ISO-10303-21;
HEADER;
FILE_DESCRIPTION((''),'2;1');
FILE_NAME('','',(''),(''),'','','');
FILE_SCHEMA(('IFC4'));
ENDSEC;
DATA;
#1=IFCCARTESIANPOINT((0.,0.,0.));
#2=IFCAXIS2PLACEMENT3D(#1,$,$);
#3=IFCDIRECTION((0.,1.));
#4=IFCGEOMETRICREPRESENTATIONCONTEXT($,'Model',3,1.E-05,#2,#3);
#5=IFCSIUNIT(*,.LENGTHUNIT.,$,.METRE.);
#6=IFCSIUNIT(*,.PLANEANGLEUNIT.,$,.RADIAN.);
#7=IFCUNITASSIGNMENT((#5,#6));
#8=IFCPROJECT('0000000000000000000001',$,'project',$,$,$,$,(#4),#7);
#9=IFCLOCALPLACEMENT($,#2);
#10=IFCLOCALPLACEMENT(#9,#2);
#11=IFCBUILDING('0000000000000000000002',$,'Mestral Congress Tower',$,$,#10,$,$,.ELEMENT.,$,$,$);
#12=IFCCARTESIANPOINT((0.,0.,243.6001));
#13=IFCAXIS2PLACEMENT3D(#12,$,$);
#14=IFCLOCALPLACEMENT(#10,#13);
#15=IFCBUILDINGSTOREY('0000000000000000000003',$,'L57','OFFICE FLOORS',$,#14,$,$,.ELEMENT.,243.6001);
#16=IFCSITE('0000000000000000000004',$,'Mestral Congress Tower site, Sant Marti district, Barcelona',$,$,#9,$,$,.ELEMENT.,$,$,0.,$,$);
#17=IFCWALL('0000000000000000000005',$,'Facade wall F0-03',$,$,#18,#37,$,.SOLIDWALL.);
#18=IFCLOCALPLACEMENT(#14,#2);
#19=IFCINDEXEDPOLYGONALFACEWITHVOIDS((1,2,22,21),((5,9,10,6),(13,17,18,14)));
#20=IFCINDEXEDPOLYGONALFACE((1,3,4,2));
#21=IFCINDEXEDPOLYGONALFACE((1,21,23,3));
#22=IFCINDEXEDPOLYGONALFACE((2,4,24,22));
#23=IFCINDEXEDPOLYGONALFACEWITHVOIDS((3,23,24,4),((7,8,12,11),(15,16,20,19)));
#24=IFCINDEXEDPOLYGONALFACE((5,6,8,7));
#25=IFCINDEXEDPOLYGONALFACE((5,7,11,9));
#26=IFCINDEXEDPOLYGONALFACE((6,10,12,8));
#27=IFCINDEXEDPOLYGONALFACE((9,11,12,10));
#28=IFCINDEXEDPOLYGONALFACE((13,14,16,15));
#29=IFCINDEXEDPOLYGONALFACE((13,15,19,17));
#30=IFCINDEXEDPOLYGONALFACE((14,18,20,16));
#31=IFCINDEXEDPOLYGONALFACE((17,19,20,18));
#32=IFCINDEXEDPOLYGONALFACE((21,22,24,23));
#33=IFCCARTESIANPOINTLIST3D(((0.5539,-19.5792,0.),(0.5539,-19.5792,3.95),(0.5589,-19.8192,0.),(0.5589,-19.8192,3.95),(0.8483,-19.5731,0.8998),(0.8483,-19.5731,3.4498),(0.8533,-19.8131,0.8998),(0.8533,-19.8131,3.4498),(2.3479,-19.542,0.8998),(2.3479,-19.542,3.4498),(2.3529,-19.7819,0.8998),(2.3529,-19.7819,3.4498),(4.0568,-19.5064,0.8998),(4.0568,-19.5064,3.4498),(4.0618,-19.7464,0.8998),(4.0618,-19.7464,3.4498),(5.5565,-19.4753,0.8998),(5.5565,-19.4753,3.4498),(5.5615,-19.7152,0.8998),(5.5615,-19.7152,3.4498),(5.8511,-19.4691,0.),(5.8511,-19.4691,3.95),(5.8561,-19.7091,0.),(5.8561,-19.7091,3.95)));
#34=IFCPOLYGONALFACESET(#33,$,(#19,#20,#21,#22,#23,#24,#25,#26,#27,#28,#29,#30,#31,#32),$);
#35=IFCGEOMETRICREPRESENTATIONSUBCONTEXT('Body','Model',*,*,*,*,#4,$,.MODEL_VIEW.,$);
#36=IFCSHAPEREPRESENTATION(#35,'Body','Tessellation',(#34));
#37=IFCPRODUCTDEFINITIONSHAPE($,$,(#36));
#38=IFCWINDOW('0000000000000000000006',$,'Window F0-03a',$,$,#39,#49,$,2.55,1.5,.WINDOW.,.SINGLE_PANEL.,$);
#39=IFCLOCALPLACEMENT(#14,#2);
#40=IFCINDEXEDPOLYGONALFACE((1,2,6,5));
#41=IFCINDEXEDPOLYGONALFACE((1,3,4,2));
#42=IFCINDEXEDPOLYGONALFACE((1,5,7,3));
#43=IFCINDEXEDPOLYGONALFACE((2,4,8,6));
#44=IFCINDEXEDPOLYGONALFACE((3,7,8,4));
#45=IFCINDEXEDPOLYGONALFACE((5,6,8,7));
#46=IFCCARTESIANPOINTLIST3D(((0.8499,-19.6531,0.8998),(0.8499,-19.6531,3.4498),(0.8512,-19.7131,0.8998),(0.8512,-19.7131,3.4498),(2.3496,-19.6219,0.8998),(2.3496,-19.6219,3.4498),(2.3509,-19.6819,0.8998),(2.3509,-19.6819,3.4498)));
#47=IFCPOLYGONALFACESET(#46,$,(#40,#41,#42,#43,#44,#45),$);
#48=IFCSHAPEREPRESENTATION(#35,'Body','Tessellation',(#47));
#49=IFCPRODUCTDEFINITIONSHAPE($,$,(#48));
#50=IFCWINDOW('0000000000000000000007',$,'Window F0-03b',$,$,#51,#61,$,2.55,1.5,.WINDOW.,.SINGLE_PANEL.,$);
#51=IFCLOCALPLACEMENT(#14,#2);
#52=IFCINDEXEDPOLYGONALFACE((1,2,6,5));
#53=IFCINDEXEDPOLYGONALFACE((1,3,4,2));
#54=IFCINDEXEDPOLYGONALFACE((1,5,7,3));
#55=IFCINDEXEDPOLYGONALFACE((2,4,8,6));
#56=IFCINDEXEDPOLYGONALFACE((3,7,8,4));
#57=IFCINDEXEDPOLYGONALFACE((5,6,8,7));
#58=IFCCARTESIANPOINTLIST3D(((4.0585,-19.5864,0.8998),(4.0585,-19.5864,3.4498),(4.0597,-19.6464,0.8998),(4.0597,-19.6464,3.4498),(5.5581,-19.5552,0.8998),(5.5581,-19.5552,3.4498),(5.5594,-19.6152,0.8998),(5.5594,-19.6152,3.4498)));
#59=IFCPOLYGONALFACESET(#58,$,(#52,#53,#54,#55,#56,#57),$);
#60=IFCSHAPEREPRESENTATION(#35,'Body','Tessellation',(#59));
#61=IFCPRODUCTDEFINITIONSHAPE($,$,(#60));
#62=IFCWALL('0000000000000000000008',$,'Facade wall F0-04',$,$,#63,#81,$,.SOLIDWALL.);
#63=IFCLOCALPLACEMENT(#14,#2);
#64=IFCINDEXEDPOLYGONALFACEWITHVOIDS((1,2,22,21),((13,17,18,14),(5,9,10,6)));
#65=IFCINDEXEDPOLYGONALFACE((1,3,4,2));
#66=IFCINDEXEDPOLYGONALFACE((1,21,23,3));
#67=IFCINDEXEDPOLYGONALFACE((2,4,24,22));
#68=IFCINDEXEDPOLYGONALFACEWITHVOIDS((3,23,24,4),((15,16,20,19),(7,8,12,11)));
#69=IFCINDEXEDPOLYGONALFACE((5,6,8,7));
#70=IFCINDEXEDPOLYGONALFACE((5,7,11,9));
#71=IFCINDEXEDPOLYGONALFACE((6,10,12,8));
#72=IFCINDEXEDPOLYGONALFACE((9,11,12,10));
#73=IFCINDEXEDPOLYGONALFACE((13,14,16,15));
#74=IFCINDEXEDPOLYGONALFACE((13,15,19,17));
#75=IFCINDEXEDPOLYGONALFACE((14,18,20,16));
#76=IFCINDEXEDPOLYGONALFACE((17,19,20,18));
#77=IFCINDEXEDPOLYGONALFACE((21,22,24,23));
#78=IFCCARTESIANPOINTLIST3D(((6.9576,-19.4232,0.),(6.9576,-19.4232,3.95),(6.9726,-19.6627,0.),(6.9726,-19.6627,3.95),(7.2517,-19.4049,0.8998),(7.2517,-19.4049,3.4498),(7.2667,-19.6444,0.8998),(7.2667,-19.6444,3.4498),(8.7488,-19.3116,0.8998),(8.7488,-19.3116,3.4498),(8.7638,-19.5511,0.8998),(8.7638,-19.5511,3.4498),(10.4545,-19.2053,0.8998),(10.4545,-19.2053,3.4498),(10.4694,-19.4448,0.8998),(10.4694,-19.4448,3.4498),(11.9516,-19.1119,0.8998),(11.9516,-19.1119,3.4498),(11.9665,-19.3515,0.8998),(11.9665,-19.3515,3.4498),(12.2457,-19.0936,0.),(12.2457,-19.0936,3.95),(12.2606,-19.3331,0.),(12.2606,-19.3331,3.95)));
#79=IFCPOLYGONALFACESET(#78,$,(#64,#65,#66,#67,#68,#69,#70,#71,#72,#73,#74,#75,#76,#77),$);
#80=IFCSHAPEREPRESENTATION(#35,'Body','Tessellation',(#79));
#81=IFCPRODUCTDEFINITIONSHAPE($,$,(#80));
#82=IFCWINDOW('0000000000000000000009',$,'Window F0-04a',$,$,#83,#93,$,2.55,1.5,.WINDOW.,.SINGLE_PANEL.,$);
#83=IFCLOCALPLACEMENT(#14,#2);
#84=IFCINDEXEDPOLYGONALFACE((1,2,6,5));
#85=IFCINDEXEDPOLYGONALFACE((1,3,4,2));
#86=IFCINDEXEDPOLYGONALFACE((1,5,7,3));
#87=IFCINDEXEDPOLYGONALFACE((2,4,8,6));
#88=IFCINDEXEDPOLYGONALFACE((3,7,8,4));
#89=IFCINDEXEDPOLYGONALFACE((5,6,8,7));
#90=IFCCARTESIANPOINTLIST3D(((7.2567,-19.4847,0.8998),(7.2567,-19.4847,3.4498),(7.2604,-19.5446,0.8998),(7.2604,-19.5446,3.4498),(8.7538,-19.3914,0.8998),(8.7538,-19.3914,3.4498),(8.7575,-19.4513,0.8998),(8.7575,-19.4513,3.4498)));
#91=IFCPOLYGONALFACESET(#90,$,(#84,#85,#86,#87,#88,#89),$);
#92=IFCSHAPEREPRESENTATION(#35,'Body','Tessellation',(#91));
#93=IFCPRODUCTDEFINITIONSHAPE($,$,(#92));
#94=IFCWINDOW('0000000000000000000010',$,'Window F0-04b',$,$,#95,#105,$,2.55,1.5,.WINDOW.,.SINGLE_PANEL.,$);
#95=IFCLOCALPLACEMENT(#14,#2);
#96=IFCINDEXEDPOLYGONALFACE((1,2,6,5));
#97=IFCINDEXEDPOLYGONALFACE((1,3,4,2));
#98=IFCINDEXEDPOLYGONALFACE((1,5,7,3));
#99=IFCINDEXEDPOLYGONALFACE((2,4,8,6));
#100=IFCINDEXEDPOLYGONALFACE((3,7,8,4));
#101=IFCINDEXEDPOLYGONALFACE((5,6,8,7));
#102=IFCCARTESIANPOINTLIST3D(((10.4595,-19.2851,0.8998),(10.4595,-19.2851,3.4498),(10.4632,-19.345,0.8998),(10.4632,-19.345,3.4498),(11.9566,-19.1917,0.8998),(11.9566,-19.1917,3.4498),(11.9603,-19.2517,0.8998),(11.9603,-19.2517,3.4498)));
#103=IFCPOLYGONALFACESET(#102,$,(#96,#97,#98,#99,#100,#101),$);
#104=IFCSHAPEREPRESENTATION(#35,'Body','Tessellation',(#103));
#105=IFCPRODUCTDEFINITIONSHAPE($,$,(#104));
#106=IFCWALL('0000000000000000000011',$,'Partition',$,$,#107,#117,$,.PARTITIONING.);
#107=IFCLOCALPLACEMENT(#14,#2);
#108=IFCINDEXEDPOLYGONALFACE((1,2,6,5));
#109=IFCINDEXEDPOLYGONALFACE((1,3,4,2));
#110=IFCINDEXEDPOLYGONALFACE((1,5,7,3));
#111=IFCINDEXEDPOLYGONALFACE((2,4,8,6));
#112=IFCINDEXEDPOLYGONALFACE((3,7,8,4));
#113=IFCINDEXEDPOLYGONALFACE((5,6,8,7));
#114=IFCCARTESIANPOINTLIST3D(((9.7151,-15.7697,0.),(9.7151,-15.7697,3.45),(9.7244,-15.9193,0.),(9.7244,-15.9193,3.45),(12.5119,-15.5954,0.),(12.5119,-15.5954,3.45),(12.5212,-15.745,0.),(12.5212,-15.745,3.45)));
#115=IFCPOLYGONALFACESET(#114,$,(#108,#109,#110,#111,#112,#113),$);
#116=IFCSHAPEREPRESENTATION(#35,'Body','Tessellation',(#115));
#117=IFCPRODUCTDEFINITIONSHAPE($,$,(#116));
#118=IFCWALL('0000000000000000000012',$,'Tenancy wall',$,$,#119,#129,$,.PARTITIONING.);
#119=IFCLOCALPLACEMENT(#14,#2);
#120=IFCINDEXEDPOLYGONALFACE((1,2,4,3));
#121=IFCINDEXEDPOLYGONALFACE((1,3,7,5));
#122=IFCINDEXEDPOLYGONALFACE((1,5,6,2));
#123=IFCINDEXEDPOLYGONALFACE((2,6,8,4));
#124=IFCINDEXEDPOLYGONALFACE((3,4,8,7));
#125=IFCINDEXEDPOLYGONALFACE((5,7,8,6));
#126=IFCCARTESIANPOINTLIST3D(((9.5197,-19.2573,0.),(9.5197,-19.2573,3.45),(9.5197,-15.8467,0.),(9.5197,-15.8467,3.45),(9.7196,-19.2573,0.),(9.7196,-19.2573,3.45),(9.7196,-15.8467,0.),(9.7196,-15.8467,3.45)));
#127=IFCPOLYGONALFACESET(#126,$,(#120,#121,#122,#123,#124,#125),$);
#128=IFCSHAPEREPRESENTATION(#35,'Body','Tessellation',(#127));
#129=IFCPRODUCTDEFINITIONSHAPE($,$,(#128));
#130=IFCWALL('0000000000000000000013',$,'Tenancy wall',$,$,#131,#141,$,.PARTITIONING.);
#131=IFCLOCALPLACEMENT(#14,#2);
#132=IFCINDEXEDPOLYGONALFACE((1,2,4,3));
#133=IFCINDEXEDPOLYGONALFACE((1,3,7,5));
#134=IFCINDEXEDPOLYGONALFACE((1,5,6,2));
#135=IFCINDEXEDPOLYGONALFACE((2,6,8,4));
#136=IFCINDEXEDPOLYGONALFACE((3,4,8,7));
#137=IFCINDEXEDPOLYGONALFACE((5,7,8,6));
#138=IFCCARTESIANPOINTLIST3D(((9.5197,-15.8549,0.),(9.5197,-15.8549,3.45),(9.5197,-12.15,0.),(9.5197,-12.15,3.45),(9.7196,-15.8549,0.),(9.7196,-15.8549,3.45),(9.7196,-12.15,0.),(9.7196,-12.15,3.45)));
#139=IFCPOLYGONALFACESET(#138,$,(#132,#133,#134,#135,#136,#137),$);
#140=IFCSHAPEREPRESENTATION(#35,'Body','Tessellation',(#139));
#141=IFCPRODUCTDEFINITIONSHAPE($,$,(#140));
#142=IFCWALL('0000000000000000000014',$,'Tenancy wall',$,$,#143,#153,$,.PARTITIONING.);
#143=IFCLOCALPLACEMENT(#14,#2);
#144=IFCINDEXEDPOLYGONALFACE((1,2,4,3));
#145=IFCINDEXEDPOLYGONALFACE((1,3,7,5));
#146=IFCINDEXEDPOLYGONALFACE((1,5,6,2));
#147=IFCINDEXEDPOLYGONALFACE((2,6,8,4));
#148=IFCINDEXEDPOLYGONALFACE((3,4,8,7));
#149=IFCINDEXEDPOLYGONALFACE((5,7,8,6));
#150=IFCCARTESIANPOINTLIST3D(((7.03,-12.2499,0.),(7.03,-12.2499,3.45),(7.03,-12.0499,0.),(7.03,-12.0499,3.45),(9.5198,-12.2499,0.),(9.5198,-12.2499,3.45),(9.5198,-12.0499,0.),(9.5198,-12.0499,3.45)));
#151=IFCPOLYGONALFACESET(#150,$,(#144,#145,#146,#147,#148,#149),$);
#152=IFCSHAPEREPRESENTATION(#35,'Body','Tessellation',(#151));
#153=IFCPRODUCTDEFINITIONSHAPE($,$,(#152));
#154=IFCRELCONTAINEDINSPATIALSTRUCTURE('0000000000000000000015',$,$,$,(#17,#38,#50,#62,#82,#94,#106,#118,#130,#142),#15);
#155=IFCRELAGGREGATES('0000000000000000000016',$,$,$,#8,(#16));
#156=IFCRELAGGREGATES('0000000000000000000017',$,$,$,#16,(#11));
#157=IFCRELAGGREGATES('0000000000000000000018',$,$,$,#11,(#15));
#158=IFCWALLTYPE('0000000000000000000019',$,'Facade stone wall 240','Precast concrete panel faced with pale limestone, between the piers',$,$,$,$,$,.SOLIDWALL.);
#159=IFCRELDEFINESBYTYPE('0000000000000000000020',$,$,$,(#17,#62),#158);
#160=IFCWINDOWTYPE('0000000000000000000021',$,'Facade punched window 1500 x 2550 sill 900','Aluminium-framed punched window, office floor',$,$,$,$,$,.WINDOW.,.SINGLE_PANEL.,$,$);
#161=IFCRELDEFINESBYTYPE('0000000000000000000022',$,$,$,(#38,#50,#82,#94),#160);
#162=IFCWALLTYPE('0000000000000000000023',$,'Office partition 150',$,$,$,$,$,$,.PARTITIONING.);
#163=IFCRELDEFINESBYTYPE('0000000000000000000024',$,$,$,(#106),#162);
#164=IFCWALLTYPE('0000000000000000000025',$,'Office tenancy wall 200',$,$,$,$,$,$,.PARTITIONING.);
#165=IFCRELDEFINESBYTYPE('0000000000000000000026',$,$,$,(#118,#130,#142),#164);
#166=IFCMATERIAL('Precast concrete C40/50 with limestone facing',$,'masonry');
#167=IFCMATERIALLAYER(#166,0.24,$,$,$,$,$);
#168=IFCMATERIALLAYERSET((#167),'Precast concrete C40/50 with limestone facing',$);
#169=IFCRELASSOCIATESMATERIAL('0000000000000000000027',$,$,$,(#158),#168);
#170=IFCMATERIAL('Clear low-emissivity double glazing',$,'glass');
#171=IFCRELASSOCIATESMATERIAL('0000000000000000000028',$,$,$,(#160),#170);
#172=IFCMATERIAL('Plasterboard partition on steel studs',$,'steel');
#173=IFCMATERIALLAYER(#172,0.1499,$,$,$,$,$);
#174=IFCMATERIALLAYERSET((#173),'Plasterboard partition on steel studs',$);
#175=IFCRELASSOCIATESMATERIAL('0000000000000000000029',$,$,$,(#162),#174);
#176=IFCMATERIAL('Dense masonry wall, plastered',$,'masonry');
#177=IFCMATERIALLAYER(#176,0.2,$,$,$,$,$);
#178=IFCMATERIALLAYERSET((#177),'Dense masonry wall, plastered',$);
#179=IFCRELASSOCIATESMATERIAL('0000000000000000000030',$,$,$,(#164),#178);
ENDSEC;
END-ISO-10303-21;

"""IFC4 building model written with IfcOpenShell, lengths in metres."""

from ifc_helpers import new_model, si_unit, direction, frame, frame_2d, origin, place, context, subcontext, project, spatial, rectangle, extrude, material, layer, layer_set, type_object, element, fill, save


model = new_model("IFC4")

# Units and contexts
model_context = context("Model", 3, precision=1e-05, world=origin(), true_north=direction((0.0, 1.0)))
body_context = subcontext(model_context, "Body", "Model", "MODEL_VIEW")
ifc_project = project(units=[si_unit("LENGTHUNIT", "METRE"), si_unit("PLANEANGLEUNIT", "RADIAN")], contexts=[model_context])

# Site, building, storey
site_placement = place(None, origin())
site = spatial("IfcSite", under=ifc_project, at=site_placement, Name="Mestral Congress Tower site, Sant Marti district, Barcelona", CompositionType="ELEMENT", RefElevation=0.0)
building_placement = place(site_placement, origin())
building = spatial("IfcBuilding", under=site, at=building_placement, Name="Mestral Congress Tower", CompositionType="ELEMENT")
storey_placement = place(building_placement, frame((0.0, 0.0, 243.6001)))
storey = spatial("IfcBuildingStorey", under=building, at=storey_placement, Name="L57", Description="OFFICE FLOORS", CompositionType="ELEMENT", Elevation=243.6001)

# Walls, openings, windows
ifc_material_1 = material(Name="Precast concrete C40/50 with limestone facing", Category="masonry")
ifc_layer_1 = layer(ifc_material_1, 0.24)
ifc_layer_set_1 = layer_set([ifc_layer_1], Name="Precast concrete C40/50 with limestone facing")
wall_type_1 = type_object("IfcWallType", Name="Facade stone wall 240", Description="Precast concrete panel faced with pale limestone, between the piers", PredefinedType="SOLIDWALL", material=ifc_layer_set_1)
wall_1_placement = place(storey_placement, frame((0.5564, -19.6992, 0.0), z_axis=(0.0, 0.0, 1.0), x_axis=(0.999784, 0.020782, 0.0)))
wall_1 = element("IfcWall", 1, at=wall_1_placement, inside=storey, type_object=wall_type_1, Name="Facade wall F0-03", PredefinedType="SOLIDWALL", context=body_context, shape_type="SweptSolid", body=[
    extrude(rectangle(XDim=5.2983, YDim=0.24, at=frame_2d((2.6492, 0.0))), origin(), (0.0, 0.0, 1.0), 3.95),
])
opening_1_placement = place(wall_1_placement, frame((0.2944, 0.0, 0.8999)))
opening_1 = element("IfcOpeningElement", 2, at=opening_1_placement, cuts=wall_1, PredefinedType="OPENING", context=body_context, shape_type="SweptSolid", body=[
    extrude(rectangle(XDim=1.5, YDim=2.55, at=frame_2d((0.75, 1.2749))), frame((0.0, 0.1299, 0.0), z_axis=(0.0, -1.0, 0.0), x_axis=(1.0, 0.0, 0.0)), (0.0, 0.0, 1.0), 0.26),
])
opening_2_placement = place(wall_1_placement, frame((3.5037, 0.0, 0.8999)))
opening_2 = element("IfcOpeningElement", 3, at=opening_2_placement, cuts=wall_1, PredefinedType="OPENING", context=body_context, shape_type="SweptSolid", body=[
    extrude(rectangle(XDim=1.5, YDim=2.55, at=frame_2d((0.75, 1.2749))), frame((0.0, 0.1299, 0.0), z_axis=(0.0, -1.0, 0.0), x_axis=(1.0, 0.0, 0.0)), (0.0, 0.0, 1.0), 0.26),
])
ifc_material_2 = material(Name="Clear low-emissivity double glazing", Category="glass")
window_type = type_object("IfcWindowType", Name="Facade punched window 1500 x 2550 sill 900", Description="Aluminium-framed punched window, office floor", PartitioningType="SINGLE_PANEL", PredefinedType="WINDOW", material=ifc_material_2)
window_1_placement = place(opening_1_placement, origin())
window_1 = element("IfcWindow", 4, at=window_1_placement, inside=storey, type_object=window_type, Name="Window F0-03a", OverallHeight=2.55, OverallWidth=1.5, PartitioningType="SINGLE_PANEL", PredefinedType="WINDOW", context=body_context, shape_type="SweptSolid", body=[
    extrude(rectangle(XDim=1.5, YDim=2.55, at=frame_2d((0.75, 1.2749))), frame((0.0, 0.04, 0.0), z_axis=(0.0, -1.0, 0.0), x_axis=(1.0, 0.0, 0.0)), (0.0, 0.0, 1.0), 0.0601),
])
fill(opening_1, window_1)
window_2_placement = place(opening_2_placement, origin())
window_2 = element("IfcWindow", 5, at=window_2_placement, inside=storey, type_object=window_type, Name="Window F0-03b", OverallHeight=2.55, OverallWidth=1.5, PartitioningType="SINGLE_PANEL", PredefinedType="WINDOW", context=body_context, shape_type="SweptSolid", body=[
    extrude(rectangle(XDim=1.5, YDim=2.55, at=frame_2d((0.75, 1.2749))), frame((0.0, 0.04, 0.0), z_axis=(0.0, -1.0, 0.0), x_axis=(1.0, 0.0, 0.0)), (0.0, 0.0, 1.0), 0.0601),
])
fill(opening_2, window_2)
wall_2_placement = place(storey_placement, frame((6.9651, -19.543, 0.0), z_axis=(0.0, 0.0, 1.0), x_axis=(0.998063, 0.062206, 0.0)))
wall_2 = element("IfcWall", 6, at=wall_2_placement, inside=storey, type_object=wall_type_1, Name="Facade wall F0-04", PredefinedType="SOLIDWALL", context=body_context, shape_type="SweptSolid", body=[
    extrude(rectangle(XDim=5.2983, YDim=0.24, at=frame_2d((2.6492, 0.0))), origin(), (0.0, 0.0, 1.0), 3.95),
])
opening_3_placement = place(wall_2_placement, frame((0.2947, 0.0, 0.8999)))
opening_3 = element("IfcOpeningElement", 7, at=opening_3_placement, cuts=wall_2, PredefinedType="OPENING", context=body_context, shape_type="SweptSolid", body=[
    extrude(rectangle(XDim=1.5, YDim=2.55, at=frame_2d((0.75, 1.2749))), frame((0.0, 0.1299, 0.0), z_axis=(0.0, -1.0, 0.0), x_axis=(1.0, 0.0, 0.0)), (0.0, 0.0, 1.0), 0.26),
])
opening_4_placement = place(wall_2_placement, frame((3.5037, 0.0, 0.8999)))
opening_4 = element("IfcOpeningElement", 8, at=opening_4_placement, cuts=wall_2, PredefinedType="OPENING", context=body_context, shape_type="SweptSolid", body=[
    extrude(rectangle(XDim=1.5, YDim=2.55, at=frame_2d((0.75, 1.2749))), frame((0.0, 0.1299, 0.0), z_axis=(0.0, -1.0, 0.0), x_axis=(1.0, 0.0, 0.0)), (0.0, 0.0, 1.0), 0.26),
])
window_3_placement = place(opening_3_placement, origin())
window_3 = element("IfcWindow", 9, at=window_3_placement, inside=storey, type_object=window_type, Name="Window F0-04a", OverallHeight=2.55, OverallWidth=1.5, PartitioningType="SINGLE_PANEL", PredefinedType="WINDOW", context=body_context, shape_type="SweptSolid", body=[
    extrude(rectangle(XDim=1.5, YDim=2.55, at=frame_2d((0.75, 1.2749))), frame((0.0, 0.04, 0.0), z_axis=(0.0, -1.0, 0.0), x_axis=(1.0, 0.0, 0.0)), (0.0, 0.0, 1.0), 0.0601),
])
fill(opening_3, window_3)
window_4_placement = place(opening_4_placement, origin())
window_4 = element("IfcWindow", 10, at=window_4_placement, inside=storey, type_object=window_type, Name="Window F0-04b", OverallHeight=2.55, OverallWidth=1.5, PartitioningType="SINGLE_PANEL", PredefinedType="WINDOW", context=body_context, shape_type="SweptSolid", body=[
    extrude(rectangle(XDim=1.5, YDim=2.55, at=frame_2d((0.75, 1.2749))), frame((0.0, 0.04, 0.0), z_axis=(0.0, -1.0, 0.0), x_axis=(1.0, 0.0, 0.0)), (0.0, 0.0, 1.0), 0.0601),
])
fill(opening_4, window_4)

# Walls
ifc_material_3 = material(Name="Plasterboard partition on steel studs", Category="steel")
ifc_layer_2 = layer(ifc_material_3, 0.1499)
ifc_layer_set_2 = layer_set([ifc_layer_2], Name="Plasterboard partition on steel studs")
wall_type_2 = type_object("IfcWallType", Name="Office partition 150", PredefinedType="PARTITIONING", material=ifc_layer_set_2)
wall_3_placement = place(storey_placement, frame((9.7197, -15.8445, 0.0), z_axis=(0.0, 0.0, 1.0), x_axis=(0.998063, 0.062205, 0.0)))
element("IfcWall", 11, at=wall_3_placement, inside=storey, type_object=wall_type_2, Name="Partition", PredefinedType="PARTITIONING", context=body_context, shape_type="SweptSolid", body=[
    extrude(rectangle(XDim=2.8022, YDim=0.1499, at=frame_2d((1.4011, 0.0))), origin(), (0.0, 0.0, 1.0), 3.45),
])
ifc_material_4 = material(Name="Dense masonry wall, plastered", Category="masonry")
ifc_layer_3 = layer(ifc_material_4, 0.2)
ifc_layer_set_3 = layer_set([ifc_layer_3], Name="Dense masonry wall, plastered")
wall_type_3 = type_object("IfcWallType", Name="Office tenancy wall 200", PredefinedType="PARTITIONING", material=ifc_layer_set_3)
wall_4_placement = place(storey_placement, frame((9.6196, -15.8467, 0.0), z_axis=(0.0, 0.0, 1.0), x_axis=(0.0, -1.0, 0.0)))
element("IfcWall", 12, at=wall_4_placement, inside=storey, type_object=wall_type_3, Name="Tenancy wall", PredefinedType="PARTITIONING", context=body_context, shape_type="SweptSolid", body=[
    extrude(rectangle(XDim=3.4106, YDim=0.2, at=frame_2d((1.7053, 0.0))), origin(), (0.0, 0.0, 1.0), 3.45),
])
wall_5_placement = place(storey_placement, frame((9.6196, -12.1499, 0.0), z_axis=(0.0, 0.0, 1.0), x_axis=(0.0, -1.0, 0.0)))
element("IfcWall", 13, at=wall_5_placement, inside=storey, type_object=wall_type_3, Name="Tenancy wall", PredefinedType="PARTITIONING", context=body_context, shape_type="SweptSolid", body=[
    extrude(rectangle(XDim=3.7048, YDim=0.2, at=frame_2d((1.8525, 0.0))), origin(), (0.0, 0.0, 1.0), 3.45),
])
wall_6_placement = place(storey_placement, frame((7.03, -12.1499, 0.0), z_axis=(0.0, 0.0, 1.0), x_axis=(1.0, 0.0, 0.0)))
element("IfcWall", 14, at=wall_6_placement, inside=storey, type_object=wall_type_3, Name="Tenancy wall", PredefinedType="PARTITIONING", context=body_context, shape_type="SweptSolid", body=[
    extrude(rectangle(XDim=2.4897, YDim=0.2, at=frame_2d((1.2449, 0.0))), origin(), (0.0, 0.0, 1.0), 3.45),
])

save(model, "model.ifc")
